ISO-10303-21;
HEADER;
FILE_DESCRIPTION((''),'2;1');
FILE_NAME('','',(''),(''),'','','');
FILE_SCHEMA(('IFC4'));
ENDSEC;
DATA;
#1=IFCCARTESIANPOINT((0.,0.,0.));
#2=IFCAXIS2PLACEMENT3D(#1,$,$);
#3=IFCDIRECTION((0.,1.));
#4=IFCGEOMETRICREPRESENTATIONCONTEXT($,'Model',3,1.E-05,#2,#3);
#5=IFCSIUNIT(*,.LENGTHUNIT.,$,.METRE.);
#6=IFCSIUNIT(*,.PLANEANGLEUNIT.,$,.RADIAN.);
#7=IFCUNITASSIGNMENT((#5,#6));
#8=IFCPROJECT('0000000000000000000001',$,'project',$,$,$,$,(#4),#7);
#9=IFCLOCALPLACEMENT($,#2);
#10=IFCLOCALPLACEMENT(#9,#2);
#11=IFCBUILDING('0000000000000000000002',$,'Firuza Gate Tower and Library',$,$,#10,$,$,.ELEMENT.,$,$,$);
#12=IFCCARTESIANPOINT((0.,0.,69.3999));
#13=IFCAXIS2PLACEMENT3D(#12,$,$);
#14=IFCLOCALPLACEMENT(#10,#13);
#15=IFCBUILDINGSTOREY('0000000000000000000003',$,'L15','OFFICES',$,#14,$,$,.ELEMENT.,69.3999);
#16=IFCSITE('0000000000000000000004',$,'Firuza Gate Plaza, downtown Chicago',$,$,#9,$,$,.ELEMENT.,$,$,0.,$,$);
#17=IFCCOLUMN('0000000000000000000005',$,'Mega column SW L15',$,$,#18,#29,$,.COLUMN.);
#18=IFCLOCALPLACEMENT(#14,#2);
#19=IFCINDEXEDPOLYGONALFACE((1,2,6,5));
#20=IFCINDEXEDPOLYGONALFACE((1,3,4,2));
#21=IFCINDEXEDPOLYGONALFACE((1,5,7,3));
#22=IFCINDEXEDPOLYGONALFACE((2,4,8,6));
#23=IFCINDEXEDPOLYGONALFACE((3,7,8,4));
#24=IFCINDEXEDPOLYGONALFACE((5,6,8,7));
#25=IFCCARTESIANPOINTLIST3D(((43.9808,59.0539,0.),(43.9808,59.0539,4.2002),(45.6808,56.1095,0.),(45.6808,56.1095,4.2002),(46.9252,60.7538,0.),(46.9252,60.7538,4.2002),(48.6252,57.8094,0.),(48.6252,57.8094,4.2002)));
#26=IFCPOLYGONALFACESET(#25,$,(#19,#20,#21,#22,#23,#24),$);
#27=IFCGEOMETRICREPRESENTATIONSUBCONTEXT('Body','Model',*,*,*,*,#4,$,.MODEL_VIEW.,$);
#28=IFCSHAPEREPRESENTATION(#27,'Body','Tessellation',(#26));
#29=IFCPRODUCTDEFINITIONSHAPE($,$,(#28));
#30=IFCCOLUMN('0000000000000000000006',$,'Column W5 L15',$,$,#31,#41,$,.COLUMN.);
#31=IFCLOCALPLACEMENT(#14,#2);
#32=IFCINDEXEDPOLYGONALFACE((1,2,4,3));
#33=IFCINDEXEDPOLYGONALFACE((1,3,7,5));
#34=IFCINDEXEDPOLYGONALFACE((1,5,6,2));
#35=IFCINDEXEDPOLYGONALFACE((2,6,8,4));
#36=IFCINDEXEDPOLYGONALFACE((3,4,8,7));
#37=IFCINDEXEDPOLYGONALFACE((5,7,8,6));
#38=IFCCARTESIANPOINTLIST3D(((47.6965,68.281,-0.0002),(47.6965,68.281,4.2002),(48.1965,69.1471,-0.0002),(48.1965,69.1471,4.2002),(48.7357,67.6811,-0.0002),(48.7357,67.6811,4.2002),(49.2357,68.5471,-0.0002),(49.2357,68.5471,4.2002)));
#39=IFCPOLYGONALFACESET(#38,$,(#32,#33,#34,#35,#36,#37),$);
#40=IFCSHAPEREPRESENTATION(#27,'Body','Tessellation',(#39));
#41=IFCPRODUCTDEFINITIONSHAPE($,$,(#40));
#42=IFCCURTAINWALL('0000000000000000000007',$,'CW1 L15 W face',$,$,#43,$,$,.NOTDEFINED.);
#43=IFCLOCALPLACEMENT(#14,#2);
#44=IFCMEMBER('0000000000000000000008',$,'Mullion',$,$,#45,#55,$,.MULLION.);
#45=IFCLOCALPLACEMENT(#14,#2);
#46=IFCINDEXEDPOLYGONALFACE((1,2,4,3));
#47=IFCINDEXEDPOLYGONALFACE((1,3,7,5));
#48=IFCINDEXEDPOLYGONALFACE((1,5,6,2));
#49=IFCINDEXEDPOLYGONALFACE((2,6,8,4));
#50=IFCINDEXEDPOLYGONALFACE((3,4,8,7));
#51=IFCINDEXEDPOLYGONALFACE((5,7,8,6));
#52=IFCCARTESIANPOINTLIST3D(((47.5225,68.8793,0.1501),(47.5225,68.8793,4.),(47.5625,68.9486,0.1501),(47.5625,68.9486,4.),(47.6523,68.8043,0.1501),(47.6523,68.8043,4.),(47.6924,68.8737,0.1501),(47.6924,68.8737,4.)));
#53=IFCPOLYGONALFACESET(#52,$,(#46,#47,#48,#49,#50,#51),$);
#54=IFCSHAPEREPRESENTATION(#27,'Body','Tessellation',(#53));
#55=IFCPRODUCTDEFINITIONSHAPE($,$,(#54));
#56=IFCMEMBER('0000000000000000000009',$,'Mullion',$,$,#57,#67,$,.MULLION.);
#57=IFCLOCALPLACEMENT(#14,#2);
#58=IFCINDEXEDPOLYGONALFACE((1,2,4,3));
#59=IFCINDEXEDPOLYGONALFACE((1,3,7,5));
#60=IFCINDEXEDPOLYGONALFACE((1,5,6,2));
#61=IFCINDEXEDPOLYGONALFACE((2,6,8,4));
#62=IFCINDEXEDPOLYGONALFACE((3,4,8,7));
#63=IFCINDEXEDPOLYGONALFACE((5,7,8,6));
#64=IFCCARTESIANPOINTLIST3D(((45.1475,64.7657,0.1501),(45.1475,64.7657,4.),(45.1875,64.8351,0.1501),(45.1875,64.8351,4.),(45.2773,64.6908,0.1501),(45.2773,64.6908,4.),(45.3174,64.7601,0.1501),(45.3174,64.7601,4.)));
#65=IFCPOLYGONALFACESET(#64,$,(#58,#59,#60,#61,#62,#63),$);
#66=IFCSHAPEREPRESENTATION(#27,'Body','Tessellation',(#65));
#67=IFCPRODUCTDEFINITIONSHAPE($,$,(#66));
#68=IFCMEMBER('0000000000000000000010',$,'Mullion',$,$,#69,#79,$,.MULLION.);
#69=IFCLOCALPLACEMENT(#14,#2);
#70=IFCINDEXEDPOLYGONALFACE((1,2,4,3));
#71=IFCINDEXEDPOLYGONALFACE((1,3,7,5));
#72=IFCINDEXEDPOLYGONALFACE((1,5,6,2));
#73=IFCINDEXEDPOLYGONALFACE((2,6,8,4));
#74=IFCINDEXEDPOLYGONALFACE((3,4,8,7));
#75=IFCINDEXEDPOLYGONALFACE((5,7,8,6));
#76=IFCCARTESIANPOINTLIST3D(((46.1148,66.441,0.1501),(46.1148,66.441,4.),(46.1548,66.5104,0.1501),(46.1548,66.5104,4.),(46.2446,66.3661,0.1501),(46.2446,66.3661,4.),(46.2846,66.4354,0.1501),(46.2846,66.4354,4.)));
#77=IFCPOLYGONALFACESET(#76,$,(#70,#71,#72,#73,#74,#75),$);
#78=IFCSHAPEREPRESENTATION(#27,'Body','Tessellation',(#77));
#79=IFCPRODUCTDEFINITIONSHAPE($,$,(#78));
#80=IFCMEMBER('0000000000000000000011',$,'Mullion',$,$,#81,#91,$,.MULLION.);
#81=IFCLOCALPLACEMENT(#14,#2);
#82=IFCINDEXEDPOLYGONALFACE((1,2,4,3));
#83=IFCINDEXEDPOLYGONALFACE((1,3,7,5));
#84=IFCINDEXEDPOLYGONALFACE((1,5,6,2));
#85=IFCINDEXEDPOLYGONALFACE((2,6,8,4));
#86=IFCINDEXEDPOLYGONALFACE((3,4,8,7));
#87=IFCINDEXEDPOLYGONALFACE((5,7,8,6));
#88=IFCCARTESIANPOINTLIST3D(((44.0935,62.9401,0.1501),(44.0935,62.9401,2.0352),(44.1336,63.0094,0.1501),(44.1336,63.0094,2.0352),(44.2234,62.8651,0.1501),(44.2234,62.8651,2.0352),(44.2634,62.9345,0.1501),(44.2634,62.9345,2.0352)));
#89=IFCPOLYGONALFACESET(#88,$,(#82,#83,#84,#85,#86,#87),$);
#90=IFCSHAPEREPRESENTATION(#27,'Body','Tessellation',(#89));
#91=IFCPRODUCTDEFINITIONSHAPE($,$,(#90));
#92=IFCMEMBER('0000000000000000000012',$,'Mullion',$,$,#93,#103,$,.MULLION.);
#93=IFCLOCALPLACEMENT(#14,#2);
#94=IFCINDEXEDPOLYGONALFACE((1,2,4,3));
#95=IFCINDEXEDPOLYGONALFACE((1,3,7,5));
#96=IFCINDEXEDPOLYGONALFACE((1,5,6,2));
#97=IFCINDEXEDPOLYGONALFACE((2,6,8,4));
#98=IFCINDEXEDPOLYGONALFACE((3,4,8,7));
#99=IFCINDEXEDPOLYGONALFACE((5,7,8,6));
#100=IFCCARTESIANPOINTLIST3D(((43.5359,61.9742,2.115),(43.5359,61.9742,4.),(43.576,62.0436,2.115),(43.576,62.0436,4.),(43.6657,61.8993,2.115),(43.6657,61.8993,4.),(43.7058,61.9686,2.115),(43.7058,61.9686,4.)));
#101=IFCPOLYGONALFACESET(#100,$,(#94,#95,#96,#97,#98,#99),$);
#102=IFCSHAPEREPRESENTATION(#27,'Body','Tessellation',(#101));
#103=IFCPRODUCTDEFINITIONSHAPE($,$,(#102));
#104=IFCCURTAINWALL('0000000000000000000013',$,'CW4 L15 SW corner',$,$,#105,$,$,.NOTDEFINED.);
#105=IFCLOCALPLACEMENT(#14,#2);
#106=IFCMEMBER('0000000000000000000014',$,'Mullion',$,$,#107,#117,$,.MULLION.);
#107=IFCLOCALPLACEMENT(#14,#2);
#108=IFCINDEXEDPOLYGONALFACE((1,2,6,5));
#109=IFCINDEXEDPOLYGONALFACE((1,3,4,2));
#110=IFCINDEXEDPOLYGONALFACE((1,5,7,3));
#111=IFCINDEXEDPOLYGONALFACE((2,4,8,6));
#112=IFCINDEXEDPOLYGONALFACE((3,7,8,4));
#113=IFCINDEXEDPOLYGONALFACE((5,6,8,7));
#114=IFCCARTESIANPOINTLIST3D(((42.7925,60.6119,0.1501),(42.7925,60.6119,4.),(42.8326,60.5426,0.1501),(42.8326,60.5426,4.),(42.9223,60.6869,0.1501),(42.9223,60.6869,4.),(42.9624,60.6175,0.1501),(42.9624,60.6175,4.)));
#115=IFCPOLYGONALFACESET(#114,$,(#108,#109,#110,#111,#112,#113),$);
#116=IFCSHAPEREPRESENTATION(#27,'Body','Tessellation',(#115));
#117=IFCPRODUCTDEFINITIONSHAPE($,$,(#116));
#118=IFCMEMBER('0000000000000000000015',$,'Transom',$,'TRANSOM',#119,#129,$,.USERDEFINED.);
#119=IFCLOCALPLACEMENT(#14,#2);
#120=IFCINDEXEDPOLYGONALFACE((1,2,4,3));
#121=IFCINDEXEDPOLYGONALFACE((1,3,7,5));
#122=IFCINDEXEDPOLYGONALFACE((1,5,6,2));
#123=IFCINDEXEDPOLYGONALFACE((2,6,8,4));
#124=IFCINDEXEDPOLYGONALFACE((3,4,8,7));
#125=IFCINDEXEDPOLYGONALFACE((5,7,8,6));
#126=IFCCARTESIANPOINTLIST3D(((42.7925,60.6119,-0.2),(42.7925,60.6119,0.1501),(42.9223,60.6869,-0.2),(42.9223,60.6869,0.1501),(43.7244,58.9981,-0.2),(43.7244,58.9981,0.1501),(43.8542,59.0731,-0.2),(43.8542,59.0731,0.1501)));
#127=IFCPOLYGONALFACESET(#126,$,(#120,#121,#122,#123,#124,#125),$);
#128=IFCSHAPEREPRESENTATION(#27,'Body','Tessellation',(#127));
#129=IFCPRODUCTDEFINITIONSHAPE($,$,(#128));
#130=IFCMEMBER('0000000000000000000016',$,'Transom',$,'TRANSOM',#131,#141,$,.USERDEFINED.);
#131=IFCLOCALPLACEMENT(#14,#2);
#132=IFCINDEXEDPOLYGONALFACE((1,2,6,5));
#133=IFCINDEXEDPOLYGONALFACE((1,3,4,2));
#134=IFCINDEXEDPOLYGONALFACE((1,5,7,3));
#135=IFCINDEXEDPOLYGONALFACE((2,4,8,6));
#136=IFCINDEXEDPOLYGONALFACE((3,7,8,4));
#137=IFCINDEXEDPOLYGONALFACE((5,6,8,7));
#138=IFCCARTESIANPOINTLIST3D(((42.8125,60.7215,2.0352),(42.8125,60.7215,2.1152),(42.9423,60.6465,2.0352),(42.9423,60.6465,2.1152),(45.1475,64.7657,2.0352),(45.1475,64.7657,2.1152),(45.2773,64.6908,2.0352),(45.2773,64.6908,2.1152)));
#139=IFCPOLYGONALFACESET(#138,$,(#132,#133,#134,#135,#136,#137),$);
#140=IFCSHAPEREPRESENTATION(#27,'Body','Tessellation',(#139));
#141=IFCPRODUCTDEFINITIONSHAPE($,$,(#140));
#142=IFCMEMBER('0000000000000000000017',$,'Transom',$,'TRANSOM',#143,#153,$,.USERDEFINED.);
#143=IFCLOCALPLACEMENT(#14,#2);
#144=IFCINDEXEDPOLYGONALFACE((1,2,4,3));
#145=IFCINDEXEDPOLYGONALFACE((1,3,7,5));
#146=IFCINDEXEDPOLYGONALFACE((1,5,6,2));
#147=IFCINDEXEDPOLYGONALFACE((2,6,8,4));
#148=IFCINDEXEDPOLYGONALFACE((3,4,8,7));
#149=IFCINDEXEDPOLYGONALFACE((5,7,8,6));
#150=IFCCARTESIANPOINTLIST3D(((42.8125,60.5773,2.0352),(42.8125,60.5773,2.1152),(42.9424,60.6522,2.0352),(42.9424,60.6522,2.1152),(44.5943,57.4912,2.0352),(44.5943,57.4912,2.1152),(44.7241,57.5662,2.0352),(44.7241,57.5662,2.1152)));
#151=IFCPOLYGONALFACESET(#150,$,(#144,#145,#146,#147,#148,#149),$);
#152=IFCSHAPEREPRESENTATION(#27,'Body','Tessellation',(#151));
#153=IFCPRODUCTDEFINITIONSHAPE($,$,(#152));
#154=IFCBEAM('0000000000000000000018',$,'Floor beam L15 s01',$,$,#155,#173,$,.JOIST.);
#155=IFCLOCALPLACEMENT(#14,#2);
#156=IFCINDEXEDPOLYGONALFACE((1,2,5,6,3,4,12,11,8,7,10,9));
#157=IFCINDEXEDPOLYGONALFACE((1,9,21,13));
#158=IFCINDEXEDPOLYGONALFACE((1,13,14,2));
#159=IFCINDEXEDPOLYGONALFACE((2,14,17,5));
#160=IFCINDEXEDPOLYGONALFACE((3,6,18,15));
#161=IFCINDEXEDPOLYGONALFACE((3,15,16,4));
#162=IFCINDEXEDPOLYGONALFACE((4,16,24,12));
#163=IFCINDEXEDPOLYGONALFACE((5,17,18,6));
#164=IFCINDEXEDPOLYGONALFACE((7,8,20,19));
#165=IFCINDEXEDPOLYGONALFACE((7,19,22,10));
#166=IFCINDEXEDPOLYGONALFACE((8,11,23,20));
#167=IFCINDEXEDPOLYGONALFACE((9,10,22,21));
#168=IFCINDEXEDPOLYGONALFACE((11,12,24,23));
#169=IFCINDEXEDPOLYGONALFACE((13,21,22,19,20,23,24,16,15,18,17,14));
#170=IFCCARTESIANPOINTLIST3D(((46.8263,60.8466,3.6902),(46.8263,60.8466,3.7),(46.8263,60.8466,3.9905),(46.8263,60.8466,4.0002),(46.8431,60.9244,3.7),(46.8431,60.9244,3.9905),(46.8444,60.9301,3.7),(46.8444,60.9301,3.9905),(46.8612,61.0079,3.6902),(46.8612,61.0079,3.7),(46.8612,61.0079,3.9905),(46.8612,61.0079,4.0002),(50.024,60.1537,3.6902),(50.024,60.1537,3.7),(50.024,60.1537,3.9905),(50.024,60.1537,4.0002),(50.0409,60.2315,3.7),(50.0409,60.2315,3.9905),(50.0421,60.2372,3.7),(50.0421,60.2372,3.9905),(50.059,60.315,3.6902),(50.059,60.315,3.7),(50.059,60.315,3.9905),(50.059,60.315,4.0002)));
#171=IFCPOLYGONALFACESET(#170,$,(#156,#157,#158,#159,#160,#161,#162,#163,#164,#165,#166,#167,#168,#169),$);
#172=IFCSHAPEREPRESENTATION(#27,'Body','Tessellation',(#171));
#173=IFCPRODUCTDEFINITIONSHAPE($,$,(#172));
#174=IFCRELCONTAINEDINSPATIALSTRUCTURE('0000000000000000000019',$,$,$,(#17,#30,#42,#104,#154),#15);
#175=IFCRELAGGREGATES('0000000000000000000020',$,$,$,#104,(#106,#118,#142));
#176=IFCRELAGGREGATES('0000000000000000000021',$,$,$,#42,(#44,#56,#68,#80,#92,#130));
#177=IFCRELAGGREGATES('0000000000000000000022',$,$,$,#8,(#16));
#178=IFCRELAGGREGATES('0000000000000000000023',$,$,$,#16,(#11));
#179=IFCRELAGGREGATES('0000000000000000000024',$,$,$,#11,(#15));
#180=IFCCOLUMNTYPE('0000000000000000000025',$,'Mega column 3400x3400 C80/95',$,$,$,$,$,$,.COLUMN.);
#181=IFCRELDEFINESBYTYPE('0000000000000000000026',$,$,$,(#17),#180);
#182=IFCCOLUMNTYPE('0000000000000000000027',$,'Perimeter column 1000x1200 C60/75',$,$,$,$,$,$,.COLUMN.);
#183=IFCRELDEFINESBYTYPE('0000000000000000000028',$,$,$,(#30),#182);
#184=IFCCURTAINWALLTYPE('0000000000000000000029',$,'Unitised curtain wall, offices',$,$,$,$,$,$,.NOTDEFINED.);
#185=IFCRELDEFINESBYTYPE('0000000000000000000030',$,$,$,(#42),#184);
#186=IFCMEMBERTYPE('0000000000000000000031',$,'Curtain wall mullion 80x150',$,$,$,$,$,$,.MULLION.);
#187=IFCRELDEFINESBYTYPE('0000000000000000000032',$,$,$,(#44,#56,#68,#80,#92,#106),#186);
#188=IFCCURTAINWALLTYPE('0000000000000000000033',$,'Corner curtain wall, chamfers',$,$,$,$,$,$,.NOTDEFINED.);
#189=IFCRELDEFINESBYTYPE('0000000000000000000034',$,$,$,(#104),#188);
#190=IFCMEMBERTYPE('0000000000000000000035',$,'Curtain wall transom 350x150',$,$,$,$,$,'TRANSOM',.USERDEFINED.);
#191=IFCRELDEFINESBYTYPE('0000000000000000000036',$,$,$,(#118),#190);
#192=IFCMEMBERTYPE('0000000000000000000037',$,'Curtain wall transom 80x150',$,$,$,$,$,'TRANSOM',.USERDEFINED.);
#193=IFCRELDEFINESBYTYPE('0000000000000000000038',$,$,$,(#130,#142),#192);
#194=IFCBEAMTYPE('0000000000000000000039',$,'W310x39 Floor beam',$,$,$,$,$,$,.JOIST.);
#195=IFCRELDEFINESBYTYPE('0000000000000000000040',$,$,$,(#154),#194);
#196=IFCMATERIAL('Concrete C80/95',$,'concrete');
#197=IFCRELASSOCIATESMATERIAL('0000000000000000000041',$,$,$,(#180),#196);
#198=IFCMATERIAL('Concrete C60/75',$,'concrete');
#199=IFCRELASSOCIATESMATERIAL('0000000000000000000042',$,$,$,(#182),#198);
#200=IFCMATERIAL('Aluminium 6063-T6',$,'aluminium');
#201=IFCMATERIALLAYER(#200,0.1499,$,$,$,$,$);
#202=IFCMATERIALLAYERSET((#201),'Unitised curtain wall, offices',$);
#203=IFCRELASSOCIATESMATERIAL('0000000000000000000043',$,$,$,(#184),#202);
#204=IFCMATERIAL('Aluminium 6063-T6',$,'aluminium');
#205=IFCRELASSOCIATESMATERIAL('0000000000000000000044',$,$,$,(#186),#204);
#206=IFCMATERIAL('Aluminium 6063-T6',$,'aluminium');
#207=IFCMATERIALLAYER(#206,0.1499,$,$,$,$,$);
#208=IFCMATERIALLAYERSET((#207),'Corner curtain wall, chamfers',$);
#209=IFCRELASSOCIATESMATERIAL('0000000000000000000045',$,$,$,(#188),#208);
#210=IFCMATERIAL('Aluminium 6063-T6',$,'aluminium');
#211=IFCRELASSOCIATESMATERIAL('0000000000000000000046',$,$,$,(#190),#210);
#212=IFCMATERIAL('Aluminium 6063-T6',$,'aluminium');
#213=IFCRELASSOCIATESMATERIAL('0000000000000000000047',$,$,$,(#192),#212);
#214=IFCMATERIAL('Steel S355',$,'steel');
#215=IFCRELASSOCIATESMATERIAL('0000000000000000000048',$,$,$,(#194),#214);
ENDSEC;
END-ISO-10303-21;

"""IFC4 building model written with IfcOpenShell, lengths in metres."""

from ifc_helpers import new_model, si_unit, direction, frame, origin, origin_2d, place, context, subcontext, project, spatial, rectangle, i_section, extrude, material, layer, layer_set, material_profile, profile_set, type_object, element, aggregate, save


model = new_model("IFC4")

# Units and contexts
model_context = context("Model", 3, precision=1e-05, world=origin(), true_north=direction((0.0, 1.0)))
body_context = subcontext(model_context, "Body", "Model", "MODEL_VIEW")
ifc_project = project(units=[si_unit("LENGTHUNIT", "METRE"), si_unit("PLANEANGLEUNIT", "RADIAN")], contexts=[model_context])

# Site, building, storey
site_placement = place(None, origin())
site = spatial("IfcSite", under=ifc_project, at=site_placement, Name="Firuza Gate Plaza, downtown Chicago", CompositionType="ELEMENT", RefElevation=0.0)
building_placement = place(site_placement, origin())
building = spatial("IfcBuilding", under=site, at=building_placement, Name="Firuza Gate Tower and Library", CompositionType="ELEMENT")
storey_placement = place(building_placement, frame((0.0, 0.0, 69.3999)))
storey = spatial("IfcBuildingStorey", under=building, at=storey_placement, Name="L15", Description="OFFICES", CompositionType="ELEMENT", Elevation=69.3999)

# Columns
ifc_material_1 = material(Name="Concrete C80/95", Category="concrete")
ifc_material_profile_1 = material_profile(ifc_material_1, rectangle(XDim=3.3999, YDim=3.3999, at=origin_2d()))
ifc_profile_set_1 = profile_set([ifc_material_profile_1], Name="Concrete C80/95")
column_type_1 = type_object("IfcColumnType", Name="Mega column 3400x3400 C80/95", PredefinedType="COLUMN", material=ifc_profile_set_1)
column_1_placement = place(storey_placement, frame((46.303, 58.4316, 0.0), z_axis=(0.0, 0.0, 1.0), x_axis=(0.5, -0.866025, 0.0)))
element("IfcColumn", 1, at=column_1_placement, inside=storey, type_object=column_type_1, Name="Mega column SW L15", PredefinedType="COLUMN", context=body_context, shape_type="SweptSolid", body=[
    extrude(rectangle(XDim=3.3999, YDim=3.3999, at=origin_2d()), origin(), (0.0, 0.0, 1.0), 4.2002),
])
ifc_material_2 = material(Name="Concrete C60/75", Category="concrete")
ifc_material_profile_2 = material_profile(ifc_material_2, rectangle(XDim=1.0, YDim=1.2, at=origin_2d()))
ifc_profile_set_2 = profile_set([ifc_material_profile_2], Name="Concrete C60/75")
column_type_2 = type_object("IfcColumnType", Name="Perimeter column 1000x1200 C60/75", PredefinedType="COLUMN", material=ifc_profile_set_2)
column_2_placement = place(storey_placement, frame((48.4661, 68.4141, -0.0002), z_axis=(0.0, 0.0, 1.0), x_axis=(-0.5, -0.866025, 0.0)))
element("IfcColumn", 2, at=column_2_placement, inside=storey, type_object=column_type_2, Name="Column W5 L15", PredefinedType="COLUMN", context=body_context, shape_type="SweptSolid", body=[
    extrude(rectangle(XDim=1.0, YDim=1.2, at=origin_2d()), origin(), (0.0, 0.0, 1.0), 4.2004),
])

# Curtain walls, members
ifc_material_3 = material(Name="Aluminium 6063-T6", Category="aluminium")
ifc_layer_1 = layer(ifc_material_3, 0.1499)
ifc_layer_set_1 = layer_set([ifc_layer_1], Name="Unitised curtain wall, offices")
curtain_wall_type_1 = type_object("IfcCurtainWallType", Name="Unitised curtain wall, offices", PredefinedType="NOTDEFINED", material=ifc_layer_set_1)
placement = place(storey_placement, origin())
curtain_wall_1 = element("IfcCurtainWall", 3, at=placement, inside=storey, type_object=curtain_wall_type_1, Name="CW1 L15 W face", PredefinedType="NOTDEFINED")
ifc_material_4 = material(Name="Aluminium 6063-T6", Category="aluminium")
ifc_material_profile_3 = material_profile(ifc_material_4, rectangle(XDim=0.1499, YDim=0.0801, at=origin_2d()))
ifc_profile_set_3 = profile_set([ifc_material_profile_3], Name="Aluminium 6063-T6")
member_type_1 = type_object("IfcMemberType", Name="Curtain wall mullion 80x150", PredefinedType="MULLION", material=ifc_profile_set_3)
member_1_placement = place(storey_placement, frame((47.6074, 68.8765, 0.1501), z_axis=(0.0, 0.0, 1.0), x_axis=(0.866025, -0.5, 0.0)))
member_1 = element("IfcMember", 4, at=member_1_placement, type_object=member_type_1, Name="Mullion", PredefinedType="MULLION", context=body_context, shape_type="SweptSolid", body=[
    extrude(rectangle(XDim=0.1499, YDim=0.0801, at=origin_2d()), origin(), (0.0, 0.0, 1.0), 3.8499),
])
member_2_placement = place(storey_placement, frame((45.2324, 64.7629, 0.1501), z_axis=(0.0, 0.0, 1.0), x_axis=(0.866025, -0.5, 0.0)))
member_2 = element("IfcMember", 5, at=member_2_placement, type_object=member_type_1, Name="Mullion", PredefinedType="MULLION", context=body_context, shape_type="SweptSolid", body=[
    extrude(rectangle(XDim=0.1499, YDim=0.0801, at=origin_2d()), origin(), (0.0, 0.0, 1.0), 3.8499),
])
member_3_placement = place(storey_placement, frame((46.1997, 66.4382, 0.1501), z_axis=(0.0, 0.0, 1.0), x_axis=(0.866025, -0.5, 0.0)))
member_3 = element("IfcMember", 6, at=member_3_placement, type_object=member_type_1, Name="Mullion", PredefinedType="MULLION", context=body_context, shape_type="SweptSolid", body=[
    extrude(rectangle(XDim=0.1499, YDim=0.0801, at=origin_2d()), origin(), (0.0, 0.0, 1.0), 3.8499),
])
member_4_placement = place(storey_placement, frame((44.1785, 62.9373, 0.1501), z_axis=(0.0, 0.0, 1.0), x_axis=(0.866025, -0.5, 0.0)))
member_4 = element("IfcMember", 7, at=member_4_placement, type_object=member_type_1, Name="Mullion", PredefinedType="MULLION", context=body_context, shape_type="SweptSolid", body=[
    extrude(rectangle(XDim=0.1499, YDim=0.0801, at=origin_2d()), origin(), (0.0, 0.0, 1.0), 1.885),
])
member_5_placement = place(storey_placement, frame((43.6208, 61.9714, 2.115), z_axis=(0.0, 0.0, 1.0), x_axis=(0.866025, -0.5, 0.0)))
member_5 = element("IfcMember", 8, at=member_5_placement, type_object=member_type_1, Name="Mullion", PredefinedType="MULLION", context=body_context, shape_type="SweptSolid", body=[
    extrude(rectangle(XDim=0.1499, YDim=0.0801, at=origin_2d()), origin(), (0.0, 0.0, 1.0), 1.885),
])
ifc_material_5 = material(Name="Aluminium 6063-T6", Category="aluminium")
ifc_layer_2 = layer(ifc_material_5, 0.1499)
ifc_layer_set_2 = layer_set([ifc_layer_2], Name="Corner curtain wall, chamfers")
curtain_wall_type_2 = type_object("IfcCurtainWallType", Name="Corner curtain wall, chamfers", PredefinedType="NOTDEFINED", material=ifc_layer_set_2)
curtain_wall_2 = element("IfcCurtainWall", 9, at=placement, inside=storey, type_object=curtain_wall_type_2, Name="CW4 L15 SW corner", PredefinedType="NOTDEFINED")
member_6_placement = place(storey_placement, frame((42.8774, 60.6147, 0.1501), z_axis=(0.0, 0.0, 1.0), x_axis=(0.866025, 0.5, 0.0)))
member_6 = element("IfcMember", 10, at=member_6_placement, type_object=member_type_1, Name="Mullion", PredefinedType="MULLION", context=body_context, shape_type="SweptSolid", body=[
    extrude(rectangle(XDim=0.1499, YDim=0.0801, at=origin_2d()), origin(), (0.0, 0.0, 1.0), 3.8499),
])
ifc_material_6 = material(Name="Aluminium 6063-T6", Category="aluminium")
ifc_material_profile_4 = material_profile(ifc_material_6, rectangle(XDim=0.1499, YDim=0.3501, at=origin_2d()))
ifc_profile_set_4 = profile_set([ifc_material_profile_4], Name="Aluminium 6063-T6")
member_type_2 = type_object("IfcMemberType", Name="Curtain wall transom 350x150", ElementType="TRANSOM", PredefinedType="USERDEFINED", material=ifc_profile_set_4)
member_7_placement = place(storey_placement, frame((42.8574, 60.6494, -0.0249), z_axis=(0.50007, -0.865985, 0.0), x_axis=(0.865985, 0.50007, 0.0)))
member_7 = element("IfcMember", 11, at=member_7_placement, type_object=member_type_2, Name="Transom", ObjectType="TRANSOM", PredefinedType="USERDEFINED", context=body_context, shape_type="SweptSolid", body=[
    extrude(rectangle(XDim=0.1499, YDim=0.3501, at=origin_2d()), origin(), (0.0, 0.0, 1.0), 1.8635),
])

# Members
ifc_material_7 = material(Name="Aluminium 6063-T6", Category="aluminium")
ifc_material_profile_5 = material_profile(ifc_material_7, rectangle(XDim=0.1499, YDim=0.0801, at=origin_2d()))
ifc_profile_set_5 = profile_set([ifc_material_profile_5], Name="Aluminium 6063-T6")
member_type_3 = type_object("IfcMemberType", Name="Curtain wall transom 80x150", ElementType="TRANSOM", PredefinedType="USERDEFINED", material=ifc_profile_set_5)
member_8_placement = place(storey_placement, frame((45.2124, 64.7283, 2.0752), z_axis=(-0.500008, -0.866021, 0.0), x_axis=(0.866021, -0.500008, 0.0)))
member_8 = element("IfcMember", 12, at=member_8_placement, type_object=member_type_3, Name="Transom", ObjectType="TRANSOM", PredefinedType="USERDEFINED", context=body_context, shape_type="SweptSolid", body=[
    extrude(rectangle(XDim=0.1499, YDim=0.0801, at=origin_2d()), origin(), (0.0, 0.0, 1.0), 4.6699),
])
member_9_placement = place(storey_placement, frame((42.8774, 60.6147, 2.0752), z_axis=(0.500015, -0.866017, 0.0), x_axis=(0.866017, 0.500015, 0.0)))
member_9 = element("IfcMember", 13, at=member_9_placement, type_object=member_type_3, Name="Transom", ObjectType="TRANSOM", PredefinedType="USERDEFINED", context=body_context, shape_type="SweptSolid", body=[
    extrude(rectangle(XDim=0.1499, YDim=0.0801, at=origin_2d()), origin(), (0.0, 0.0, 1.0), 3.5635),
])

# Beam
ifc_material_8 = material(Name="Steel S355", Category="steel")
ifc_material_profile_6 = material_profile(ifc_material_8, i_section(OverallWidth=0.165, OverallDepth=0.3101, WebThickness=0.0059, FlangeThickness=0.0098, at=origin_2d()))
ifc_profile_set_6 = profile_set([ifc_material_profile_6], Name="Steel S355")
beam_type_1 = type_object("IfcBeamType", Name="W310x39 Floor beam", PredefinedType="JOIST", material=ifc_profile_set_6)
beam_1_placement = place(storey_placement, frame((46.8438, 60.9272, 3.8452), z_axis=(0.977322, -0.21176, 0.0), x_axis=(0.21176, 0.977322, 0.0)))
element("IfcBeam", 14, at=beam_1_placement, inside=storey, type_object=beam_type_1, Name="Floor beam L15 s01", PredefinedType="JOIST", context=body_context, shape_type="SweptSolid", body=[
    extrude(i_section(OverallWidth=0.165, OverallDepth=0.3101, WebThickness=0.0059, FlangeThickness=0.0098, at=origin_2d()), origin(), (0.0, 0.0, 1.0), 3.272),
])

aggregate(curtain_wall_2, [member_6, member_7, member_9])
aggregate(curtain_wall_1, [member_1, member_2, member_3, member_4, member_5, member_8])

save(model, "model.ifc")
